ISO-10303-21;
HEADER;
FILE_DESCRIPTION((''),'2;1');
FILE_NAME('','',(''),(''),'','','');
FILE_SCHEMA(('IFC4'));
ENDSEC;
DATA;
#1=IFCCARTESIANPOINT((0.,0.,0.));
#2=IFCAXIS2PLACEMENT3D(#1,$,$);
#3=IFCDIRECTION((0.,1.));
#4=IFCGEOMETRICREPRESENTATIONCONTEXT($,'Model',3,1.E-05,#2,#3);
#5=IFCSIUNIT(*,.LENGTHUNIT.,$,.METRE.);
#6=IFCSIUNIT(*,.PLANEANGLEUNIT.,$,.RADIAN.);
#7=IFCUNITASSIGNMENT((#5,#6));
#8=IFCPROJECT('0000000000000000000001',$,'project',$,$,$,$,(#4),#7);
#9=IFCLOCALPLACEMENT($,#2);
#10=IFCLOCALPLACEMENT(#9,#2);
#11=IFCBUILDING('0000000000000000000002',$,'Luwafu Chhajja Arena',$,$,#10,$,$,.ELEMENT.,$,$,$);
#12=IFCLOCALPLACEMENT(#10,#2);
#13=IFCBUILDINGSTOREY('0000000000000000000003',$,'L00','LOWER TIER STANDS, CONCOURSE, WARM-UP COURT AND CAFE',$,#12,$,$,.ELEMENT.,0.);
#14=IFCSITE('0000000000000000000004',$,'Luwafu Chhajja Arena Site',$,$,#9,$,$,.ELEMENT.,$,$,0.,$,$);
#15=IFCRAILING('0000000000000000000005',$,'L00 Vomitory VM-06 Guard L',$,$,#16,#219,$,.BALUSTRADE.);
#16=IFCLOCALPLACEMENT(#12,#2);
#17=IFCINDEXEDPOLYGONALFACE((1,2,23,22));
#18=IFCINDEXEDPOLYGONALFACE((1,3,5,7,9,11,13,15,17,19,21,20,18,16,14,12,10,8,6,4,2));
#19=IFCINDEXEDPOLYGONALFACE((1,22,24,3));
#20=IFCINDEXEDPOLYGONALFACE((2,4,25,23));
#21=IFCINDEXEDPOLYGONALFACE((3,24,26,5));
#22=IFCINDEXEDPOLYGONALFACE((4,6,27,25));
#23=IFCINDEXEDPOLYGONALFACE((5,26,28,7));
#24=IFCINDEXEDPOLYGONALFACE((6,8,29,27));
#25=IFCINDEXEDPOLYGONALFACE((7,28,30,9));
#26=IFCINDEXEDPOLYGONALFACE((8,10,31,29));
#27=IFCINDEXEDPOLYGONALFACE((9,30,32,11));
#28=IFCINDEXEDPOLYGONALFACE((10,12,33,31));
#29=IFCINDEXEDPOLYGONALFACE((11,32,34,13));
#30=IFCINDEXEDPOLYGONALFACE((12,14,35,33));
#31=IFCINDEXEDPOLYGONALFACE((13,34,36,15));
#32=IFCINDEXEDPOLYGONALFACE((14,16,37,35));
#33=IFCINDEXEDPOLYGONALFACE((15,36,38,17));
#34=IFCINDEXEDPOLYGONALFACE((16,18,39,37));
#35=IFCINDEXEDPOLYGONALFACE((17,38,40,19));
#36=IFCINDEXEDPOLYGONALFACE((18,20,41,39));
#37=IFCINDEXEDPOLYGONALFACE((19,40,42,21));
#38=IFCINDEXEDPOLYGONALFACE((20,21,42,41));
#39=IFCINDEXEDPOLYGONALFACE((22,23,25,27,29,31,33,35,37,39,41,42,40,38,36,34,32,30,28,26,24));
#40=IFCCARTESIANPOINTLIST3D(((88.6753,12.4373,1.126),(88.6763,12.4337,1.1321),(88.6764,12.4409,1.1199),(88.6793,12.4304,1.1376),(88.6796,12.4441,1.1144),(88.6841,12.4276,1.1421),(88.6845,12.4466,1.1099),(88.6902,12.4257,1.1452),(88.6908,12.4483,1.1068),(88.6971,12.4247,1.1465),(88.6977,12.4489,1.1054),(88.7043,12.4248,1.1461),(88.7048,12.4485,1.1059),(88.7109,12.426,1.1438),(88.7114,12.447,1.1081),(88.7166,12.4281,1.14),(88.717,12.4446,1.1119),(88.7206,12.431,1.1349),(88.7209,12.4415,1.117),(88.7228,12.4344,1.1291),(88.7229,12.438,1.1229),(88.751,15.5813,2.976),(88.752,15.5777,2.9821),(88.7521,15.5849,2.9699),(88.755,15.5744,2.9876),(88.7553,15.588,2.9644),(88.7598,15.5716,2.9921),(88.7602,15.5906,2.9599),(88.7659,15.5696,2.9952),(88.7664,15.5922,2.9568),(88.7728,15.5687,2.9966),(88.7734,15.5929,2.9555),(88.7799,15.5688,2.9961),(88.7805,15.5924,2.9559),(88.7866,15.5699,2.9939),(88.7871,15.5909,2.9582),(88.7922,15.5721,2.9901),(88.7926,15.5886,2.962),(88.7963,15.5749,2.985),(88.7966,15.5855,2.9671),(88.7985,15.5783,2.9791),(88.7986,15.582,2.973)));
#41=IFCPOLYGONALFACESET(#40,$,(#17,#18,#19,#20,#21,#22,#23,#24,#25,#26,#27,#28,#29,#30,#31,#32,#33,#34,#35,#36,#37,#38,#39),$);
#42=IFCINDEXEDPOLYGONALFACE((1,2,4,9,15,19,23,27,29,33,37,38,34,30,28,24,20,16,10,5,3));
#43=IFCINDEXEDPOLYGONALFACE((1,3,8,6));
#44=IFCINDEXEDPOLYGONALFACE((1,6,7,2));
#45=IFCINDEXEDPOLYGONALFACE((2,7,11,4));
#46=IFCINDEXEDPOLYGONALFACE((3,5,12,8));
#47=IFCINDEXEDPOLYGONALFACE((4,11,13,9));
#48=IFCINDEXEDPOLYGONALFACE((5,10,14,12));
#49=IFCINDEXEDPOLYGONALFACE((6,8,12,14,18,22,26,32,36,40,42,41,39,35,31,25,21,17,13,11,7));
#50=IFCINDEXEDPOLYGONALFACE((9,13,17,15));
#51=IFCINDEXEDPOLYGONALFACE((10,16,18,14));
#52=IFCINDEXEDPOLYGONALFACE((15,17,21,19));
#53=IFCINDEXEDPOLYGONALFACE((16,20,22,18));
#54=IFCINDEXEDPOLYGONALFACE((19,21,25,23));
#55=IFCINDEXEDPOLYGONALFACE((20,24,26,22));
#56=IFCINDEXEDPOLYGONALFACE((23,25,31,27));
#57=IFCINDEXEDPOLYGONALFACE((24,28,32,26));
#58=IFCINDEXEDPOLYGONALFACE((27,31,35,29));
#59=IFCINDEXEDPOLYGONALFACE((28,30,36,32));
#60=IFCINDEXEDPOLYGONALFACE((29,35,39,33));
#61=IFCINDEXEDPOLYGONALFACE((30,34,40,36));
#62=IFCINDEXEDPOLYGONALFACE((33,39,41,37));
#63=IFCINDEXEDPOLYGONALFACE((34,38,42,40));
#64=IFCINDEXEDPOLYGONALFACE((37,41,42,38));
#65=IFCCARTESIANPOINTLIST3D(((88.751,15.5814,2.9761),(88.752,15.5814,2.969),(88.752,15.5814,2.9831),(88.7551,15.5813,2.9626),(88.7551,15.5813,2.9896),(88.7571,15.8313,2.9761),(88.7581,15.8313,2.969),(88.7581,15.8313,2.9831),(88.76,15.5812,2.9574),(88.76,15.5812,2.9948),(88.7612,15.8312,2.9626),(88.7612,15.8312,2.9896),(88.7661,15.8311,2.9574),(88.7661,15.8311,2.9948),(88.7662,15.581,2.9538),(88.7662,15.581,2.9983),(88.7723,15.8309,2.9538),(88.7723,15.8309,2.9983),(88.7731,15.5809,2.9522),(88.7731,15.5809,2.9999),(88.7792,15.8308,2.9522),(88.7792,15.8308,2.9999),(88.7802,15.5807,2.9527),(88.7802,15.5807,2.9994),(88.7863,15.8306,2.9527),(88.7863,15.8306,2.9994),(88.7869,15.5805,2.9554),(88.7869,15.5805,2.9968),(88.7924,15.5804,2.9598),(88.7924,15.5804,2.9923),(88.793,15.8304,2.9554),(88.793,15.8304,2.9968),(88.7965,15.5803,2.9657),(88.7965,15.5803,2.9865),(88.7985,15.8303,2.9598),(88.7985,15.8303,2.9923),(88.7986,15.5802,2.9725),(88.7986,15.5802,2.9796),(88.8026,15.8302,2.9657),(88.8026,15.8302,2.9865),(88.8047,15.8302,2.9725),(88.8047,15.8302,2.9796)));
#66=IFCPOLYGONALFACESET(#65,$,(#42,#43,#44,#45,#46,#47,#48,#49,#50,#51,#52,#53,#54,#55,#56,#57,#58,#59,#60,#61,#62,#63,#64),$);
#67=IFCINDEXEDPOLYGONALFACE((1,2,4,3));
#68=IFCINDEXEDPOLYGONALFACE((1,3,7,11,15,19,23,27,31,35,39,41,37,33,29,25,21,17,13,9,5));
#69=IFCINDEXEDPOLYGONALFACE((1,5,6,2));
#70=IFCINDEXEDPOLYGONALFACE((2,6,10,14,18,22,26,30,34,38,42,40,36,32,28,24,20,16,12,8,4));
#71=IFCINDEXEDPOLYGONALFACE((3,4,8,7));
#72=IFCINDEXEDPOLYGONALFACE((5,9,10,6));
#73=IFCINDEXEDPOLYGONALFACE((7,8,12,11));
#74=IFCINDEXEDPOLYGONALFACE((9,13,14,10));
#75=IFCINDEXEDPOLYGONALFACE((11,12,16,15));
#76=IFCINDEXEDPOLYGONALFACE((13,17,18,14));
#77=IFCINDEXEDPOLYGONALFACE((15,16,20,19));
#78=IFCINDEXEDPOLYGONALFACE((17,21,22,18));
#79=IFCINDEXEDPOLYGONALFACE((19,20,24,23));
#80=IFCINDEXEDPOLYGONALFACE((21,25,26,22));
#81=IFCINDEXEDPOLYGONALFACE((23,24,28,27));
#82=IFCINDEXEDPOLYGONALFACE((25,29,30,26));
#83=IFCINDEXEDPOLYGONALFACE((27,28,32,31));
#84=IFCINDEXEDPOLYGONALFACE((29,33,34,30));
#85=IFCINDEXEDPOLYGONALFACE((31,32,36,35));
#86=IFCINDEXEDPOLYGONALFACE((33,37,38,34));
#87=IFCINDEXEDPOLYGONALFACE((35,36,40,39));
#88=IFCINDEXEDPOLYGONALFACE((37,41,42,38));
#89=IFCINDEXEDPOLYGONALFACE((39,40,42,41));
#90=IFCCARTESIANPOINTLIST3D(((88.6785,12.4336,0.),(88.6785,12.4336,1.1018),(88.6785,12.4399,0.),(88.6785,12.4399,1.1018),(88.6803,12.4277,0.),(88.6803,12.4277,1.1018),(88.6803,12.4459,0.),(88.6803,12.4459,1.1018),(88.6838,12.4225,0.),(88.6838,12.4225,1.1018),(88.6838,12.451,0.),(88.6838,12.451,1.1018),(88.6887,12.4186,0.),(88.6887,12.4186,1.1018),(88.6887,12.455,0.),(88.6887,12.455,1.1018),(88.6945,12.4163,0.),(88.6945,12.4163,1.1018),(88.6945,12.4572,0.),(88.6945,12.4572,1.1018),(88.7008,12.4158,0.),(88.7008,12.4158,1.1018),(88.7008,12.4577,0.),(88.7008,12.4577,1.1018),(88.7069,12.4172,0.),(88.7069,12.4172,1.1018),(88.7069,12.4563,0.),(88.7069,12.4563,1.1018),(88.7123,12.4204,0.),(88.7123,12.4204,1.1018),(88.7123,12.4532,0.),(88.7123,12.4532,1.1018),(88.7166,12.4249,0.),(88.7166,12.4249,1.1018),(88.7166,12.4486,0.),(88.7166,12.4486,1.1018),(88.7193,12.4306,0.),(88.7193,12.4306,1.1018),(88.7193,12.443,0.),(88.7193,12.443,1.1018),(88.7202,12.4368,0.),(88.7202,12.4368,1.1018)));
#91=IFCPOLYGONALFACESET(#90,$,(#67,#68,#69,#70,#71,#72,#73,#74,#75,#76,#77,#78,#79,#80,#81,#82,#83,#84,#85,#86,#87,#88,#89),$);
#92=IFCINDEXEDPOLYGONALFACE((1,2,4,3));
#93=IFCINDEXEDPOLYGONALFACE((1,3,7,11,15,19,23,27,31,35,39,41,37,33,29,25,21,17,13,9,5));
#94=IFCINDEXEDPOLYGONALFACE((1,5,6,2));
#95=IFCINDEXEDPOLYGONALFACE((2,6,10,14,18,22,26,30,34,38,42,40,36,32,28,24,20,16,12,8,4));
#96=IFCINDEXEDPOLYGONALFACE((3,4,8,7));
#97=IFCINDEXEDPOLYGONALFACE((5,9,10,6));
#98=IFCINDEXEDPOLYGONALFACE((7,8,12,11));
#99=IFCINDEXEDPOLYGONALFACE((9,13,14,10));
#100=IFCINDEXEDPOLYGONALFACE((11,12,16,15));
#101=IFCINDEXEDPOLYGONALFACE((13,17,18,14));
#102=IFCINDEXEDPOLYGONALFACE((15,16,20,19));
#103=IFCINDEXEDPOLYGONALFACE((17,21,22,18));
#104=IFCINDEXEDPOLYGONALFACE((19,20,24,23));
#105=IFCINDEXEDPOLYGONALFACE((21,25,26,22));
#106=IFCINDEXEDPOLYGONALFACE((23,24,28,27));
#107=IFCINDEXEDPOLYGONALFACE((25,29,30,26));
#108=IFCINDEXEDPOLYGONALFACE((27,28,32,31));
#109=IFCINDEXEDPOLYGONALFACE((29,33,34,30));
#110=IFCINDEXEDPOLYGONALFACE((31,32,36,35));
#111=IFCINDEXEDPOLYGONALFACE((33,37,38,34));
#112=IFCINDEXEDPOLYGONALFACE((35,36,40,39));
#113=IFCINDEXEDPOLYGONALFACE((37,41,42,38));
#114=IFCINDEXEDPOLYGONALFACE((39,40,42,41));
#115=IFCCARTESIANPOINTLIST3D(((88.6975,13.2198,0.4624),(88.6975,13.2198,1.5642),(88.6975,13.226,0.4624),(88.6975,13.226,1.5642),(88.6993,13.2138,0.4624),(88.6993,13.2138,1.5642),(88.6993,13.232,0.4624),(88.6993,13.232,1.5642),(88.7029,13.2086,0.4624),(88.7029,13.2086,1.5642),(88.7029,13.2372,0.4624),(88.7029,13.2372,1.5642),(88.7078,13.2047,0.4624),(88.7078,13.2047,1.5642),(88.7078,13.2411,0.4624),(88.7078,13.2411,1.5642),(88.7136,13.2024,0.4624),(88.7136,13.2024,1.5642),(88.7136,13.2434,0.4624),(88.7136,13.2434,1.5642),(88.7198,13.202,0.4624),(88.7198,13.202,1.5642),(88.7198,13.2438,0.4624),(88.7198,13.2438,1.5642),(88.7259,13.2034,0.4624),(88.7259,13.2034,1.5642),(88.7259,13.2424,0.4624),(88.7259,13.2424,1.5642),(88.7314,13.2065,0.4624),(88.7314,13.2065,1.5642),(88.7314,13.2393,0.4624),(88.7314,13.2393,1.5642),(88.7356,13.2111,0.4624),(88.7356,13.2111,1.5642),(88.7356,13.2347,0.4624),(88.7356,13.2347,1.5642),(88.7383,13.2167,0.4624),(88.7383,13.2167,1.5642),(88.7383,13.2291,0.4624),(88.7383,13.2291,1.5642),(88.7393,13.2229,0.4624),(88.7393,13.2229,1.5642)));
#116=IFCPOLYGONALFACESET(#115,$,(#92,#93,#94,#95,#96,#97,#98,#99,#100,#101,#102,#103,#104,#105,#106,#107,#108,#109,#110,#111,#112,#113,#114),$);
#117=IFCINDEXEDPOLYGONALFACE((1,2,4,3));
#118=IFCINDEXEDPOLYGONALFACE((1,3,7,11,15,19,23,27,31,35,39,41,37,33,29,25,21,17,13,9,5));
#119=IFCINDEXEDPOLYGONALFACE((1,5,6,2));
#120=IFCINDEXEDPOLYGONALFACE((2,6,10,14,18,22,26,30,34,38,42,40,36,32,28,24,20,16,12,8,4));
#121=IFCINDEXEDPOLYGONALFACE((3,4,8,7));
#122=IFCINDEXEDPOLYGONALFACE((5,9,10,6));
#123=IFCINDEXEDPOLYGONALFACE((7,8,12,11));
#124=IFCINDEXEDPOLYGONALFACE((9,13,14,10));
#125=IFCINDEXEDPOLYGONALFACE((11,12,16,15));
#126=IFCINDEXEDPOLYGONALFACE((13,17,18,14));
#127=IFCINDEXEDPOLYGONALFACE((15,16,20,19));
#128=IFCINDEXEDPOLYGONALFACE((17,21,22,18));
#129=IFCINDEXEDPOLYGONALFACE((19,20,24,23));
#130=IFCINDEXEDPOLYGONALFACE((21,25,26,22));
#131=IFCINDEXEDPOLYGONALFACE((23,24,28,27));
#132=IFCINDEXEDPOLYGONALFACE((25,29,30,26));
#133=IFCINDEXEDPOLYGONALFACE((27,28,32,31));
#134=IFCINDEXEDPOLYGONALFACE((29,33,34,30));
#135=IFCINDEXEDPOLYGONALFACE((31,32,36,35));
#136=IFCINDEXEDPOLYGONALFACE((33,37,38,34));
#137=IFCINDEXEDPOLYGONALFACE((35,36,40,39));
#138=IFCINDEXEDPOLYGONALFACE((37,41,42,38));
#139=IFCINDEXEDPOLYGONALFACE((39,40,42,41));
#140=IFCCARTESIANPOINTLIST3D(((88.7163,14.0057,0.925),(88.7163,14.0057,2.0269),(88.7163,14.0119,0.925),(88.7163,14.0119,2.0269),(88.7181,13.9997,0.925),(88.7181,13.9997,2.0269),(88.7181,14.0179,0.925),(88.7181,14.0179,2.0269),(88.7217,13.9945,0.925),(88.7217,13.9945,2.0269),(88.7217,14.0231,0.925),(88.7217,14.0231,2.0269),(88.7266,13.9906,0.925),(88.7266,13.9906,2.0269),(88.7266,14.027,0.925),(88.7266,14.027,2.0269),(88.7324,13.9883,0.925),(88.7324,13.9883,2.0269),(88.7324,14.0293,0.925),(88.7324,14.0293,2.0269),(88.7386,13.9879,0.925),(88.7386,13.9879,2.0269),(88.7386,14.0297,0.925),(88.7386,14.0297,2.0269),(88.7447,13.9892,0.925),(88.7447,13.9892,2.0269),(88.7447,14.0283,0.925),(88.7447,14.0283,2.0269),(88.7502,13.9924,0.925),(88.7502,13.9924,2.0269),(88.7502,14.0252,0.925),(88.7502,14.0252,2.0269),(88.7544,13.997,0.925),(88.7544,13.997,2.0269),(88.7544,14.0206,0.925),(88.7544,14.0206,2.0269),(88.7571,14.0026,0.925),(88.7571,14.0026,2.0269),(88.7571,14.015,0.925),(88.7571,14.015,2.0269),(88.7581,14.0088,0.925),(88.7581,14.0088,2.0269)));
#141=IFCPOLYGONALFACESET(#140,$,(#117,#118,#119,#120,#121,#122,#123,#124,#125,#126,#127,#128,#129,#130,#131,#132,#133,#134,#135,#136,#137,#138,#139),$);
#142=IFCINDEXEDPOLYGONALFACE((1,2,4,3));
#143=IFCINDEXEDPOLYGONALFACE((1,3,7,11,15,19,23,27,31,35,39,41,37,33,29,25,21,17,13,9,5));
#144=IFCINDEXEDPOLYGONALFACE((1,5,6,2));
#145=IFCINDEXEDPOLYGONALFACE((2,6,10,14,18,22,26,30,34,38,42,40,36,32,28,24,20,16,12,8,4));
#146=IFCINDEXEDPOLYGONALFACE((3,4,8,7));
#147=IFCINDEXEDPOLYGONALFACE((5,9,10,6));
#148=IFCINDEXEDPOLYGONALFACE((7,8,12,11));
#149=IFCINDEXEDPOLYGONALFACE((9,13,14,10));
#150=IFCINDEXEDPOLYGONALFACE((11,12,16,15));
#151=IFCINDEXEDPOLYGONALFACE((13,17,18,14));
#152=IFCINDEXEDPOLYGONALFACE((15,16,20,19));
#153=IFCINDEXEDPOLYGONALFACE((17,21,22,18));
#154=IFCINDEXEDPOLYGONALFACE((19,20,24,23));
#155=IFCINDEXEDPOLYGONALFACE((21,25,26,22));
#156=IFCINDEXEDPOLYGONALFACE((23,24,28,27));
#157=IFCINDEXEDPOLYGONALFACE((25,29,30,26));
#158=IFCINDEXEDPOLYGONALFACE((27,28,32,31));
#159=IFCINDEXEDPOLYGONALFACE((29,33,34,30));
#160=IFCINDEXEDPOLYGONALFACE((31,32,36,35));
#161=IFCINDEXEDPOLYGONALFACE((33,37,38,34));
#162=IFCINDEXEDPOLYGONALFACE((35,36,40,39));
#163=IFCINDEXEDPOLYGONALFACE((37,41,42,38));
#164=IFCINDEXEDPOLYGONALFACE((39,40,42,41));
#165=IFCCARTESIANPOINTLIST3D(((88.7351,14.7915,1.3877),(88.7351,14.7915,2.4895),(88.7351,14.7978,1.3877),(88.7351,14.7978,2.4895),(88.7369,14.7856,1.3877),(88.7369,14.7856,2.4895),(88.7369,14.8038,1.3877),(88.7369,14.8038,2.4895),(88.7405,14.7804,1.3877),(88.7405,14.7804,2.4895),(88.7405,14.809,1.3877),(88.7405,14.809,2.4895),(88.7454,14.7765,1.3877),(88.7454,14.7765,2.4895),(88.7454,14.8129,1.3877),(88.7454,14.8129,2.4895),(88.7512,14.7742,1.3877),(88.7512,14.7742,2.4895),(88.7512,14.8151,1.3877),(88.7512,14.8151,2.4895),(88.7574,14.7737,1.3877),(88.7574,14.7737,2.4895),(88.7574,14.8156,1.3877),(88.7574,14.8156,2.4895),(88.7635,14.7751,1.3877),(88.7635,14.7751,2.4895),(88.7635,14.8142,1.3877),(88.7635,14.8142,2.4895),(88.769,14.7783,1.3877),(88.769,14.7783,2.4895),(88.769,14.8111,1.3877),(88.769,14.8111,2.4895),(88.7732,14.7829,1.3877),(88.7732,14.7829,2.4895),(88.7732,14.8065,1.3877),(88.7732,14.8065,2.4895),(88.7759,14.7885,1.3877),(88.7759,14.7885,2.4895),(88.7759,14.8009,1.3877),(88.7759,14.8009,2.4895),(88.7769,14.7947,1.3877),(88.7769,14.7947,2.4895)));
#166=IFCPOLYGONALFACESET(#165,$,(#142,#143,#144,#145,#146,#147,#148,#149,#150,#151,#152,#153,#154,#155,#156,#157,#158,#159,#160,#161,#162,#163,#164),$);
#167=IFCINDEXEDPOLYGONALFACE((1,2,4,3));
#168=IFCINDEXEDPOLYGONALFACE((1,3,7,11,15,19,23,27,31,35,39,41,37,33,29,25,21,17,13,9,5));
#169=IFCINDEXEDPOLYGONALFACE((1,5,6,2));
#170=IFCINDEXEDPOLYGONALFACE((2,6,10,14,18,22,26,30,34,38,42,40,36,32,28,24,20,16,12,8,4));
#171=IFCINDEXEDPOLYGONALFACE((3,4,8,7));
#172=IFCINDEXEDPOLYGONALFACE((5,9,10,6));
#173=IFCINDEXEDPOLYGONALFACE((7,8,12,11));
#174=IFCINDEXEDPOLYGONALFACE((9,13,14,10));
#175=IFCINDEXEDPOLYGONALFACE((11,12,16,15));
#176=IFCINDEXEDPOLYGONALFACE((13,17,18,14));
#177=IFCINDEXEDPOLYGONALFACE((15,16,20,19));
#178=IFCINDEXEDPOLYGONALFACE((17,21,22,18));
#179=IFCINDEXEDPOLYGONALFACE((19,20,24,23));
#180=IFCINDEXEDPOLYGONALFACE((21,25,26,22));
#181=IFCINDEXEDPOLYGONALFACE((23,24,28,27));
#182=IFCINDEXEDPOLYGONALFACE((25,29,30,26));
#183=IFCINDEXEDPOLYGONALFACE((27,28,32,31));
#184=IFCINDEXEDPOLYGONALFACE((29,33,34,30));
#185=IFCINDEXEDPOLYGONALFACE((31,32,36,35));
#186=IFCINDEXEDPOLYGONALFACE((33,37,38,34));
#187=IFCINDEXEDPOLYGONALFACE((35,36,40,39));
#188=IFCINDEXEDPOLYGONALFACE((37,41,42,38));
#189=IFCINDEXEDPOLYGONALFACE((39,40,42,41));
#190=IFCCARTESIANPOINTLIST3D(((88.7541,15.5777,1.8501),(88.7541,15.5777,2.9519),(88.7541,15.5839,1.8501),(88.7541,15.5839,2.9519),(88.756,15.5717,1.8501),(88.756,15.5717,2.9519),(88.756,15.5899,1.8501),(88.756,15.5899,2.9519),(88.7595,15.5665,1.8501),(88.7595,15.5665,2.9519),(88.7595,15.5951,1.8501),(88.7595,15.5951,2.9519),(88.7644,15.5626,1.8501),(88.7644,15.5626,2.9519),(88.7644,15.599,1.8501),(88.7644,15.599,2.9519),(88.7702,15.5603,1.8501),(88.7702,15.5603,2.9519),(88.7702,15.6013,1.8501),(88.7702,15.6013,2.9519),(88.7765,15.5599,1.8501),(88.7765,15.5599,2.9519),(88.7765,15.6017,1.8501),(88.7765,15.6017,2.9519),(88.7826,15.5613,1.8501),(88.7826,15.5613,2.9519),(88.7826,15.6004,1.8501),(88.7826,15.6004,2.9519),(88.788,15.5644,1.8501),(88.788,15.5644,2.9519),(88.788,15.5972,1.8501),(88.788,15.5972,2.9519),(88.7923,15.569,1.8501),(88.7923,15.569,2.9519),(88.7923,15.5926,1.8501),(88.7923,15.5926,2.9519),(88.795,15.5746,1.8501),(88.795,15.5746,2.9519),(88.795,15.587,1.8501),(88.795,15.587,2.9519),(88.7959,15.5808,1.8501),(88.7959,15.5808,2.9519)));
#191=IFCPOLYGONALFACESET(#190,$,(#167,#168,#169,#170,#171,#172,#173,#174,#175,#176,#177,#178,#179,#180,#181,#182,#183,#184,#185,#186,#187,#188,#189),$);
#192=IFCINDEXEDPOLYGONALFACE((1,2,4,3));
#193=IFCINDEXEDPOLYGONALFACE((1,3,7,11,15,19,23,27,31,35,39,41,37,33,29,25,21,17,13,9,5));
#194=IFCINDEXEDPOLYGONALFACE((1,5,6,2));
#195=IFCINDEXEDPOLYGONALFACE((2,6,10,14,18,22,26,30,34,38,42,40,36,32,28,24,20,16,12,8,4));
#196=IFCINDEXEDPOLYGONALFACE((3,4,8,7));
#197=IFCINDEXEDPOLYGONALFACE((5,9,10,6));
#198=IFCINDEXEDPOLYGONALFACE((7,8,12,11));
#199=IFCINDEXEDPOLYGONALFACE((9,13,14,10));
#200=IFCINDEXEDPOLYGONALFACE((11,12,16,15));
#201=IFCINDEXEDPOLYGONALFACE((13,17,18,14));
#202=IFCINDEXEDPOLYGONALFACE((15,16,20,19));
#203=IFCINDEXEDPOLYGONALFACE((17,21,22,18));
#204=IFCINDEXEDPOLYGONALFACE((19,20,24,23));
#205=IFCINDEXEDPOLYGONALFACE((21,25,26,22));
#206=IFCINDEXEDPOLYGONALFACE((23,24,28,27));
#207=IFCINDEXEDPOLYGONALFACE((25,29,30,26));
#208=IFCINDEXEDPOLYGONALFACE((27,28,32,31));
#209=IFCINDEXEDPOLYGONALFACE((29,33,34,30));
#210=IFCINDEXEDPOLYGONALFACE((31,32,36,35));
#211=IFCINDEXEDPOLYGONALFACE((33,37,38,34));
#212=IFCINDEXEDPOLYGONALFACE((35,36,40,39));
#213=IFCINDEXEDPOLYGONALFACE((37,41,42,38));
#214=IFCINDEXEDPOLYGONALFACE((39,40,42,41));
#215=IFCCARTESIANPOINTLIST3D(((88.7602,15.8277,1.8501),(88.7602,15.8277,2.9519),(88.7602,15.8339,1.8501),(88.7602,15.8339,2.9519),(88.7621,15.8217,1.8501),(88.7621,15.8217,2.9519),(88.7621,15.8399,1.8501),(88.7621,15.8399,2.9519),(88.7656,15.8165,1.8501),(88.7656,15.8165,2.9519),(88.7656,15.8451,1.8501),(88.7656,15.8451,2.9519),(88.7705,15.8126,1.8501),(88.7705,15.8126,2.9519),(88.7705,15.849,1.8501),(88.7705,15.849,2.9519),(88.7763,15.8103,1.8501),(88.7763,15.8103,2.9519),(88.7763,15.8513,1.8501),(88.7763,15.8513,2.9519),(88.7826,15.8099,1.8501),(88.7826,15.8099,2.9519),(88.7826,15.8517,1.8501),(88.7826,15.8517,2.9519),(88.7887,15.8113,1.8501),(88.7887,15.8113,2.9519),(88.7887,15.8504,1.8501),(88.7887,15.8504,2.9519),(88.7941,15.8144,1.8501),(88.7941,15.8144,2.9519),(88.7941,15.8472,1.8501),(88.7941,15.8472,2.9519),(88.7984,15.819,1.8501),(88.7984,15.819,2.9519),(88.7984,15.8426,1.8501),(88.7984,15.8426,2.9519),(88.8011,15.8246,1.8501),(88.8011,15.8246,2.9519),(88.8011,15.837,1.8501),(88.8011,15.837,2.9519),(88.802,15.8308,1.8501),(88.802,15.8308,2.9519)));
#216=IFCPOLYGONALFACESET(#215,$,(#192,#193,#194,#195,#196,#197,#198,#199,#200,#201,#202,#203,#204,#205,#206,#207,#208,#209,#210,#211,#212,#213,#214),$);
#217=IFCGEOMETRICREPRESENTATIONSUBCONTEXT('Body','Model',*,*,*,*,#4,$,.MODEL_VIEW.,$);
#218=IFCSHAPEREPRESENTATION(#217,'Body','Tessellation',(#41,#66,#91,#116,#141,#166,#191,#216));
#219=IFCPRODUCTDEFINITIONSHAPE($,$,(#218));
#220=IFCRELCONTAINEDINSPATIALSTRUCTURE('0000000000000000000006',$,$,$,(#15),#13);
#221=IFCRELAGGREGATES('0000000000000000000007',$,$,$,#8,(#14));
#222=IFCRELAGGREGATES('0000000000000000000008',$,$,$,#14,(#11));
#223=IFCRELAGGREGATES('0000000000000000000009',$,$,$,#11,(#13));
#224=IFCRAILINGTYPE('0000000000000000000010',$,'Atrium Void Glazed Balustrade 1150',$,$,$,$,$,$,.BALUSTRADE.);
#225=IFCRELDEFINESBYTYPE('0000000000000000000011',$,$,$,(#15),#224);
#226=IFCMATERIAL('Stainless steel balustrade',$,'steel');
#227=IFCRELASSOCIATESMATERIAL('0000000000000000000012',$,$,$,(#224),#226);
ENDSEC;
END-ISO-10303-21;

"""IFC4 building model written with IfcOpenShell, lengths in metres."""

from ifc_helpers import new_model, si_unit, direction, frame, origin, origin_2d, place, context, subcontext, project, spatial, circle, extrude, material, type_object, element, save


model = new_model("IFC4")

# Units and contexts
model_context = context("Model", 3, precision=1e-05, world=origin(), true_north=direction((0.0, 1.0)))
body_context = subcontext(model_context, "Body", "Model", "MODEL_VIEW")
ifc_project = project(units=[si_unit("LENGTHUNIT", "METRE"), si_unit("PLANEANGLEUNIT", "RADIAN")], contexts=[model_context])

# Site, building, storey
site_placement = place(None, origin())
site = spatial("IfcSite", under=ifc_project, at=site_placement, Name="Luwafu Chhajja Arena Site", CompositionType="ELEMENT", RefElevation=0.0)
building_placement = place(site_placement, origin())
building = spatial("IfcBuilding", under=site, at=building_placement, Name="Luwafu Chhajja Arena", CompositionType="ELEMENT")
storey_placement = place(building_placement, origin())
storey = spatial("IfcBuildingStorey", under=building, at=storey_placement, Name="L00", Description="LOWER TIER STANDS, CONCOURSE, WARM-UP COURT AND CAFE", CompositionType="ELEMENT", Elevation=0.0)

# Railing
ifc_material_1 = material(Name="Stainless steel balustrade", Category="steel")
railing_type_1 = type_object("IfcRailingType", Name="Atrium Void Glazed Balustrade 1150", PredefinedType="BALUSTRADE", material=ifc_material_1)
railing_1_placement = place(storey_placement, frame((88.6992, 12.4368, 0.0)))
element("IfcRailing", 1, at=railing_1_placement, inside=storey, type_object=railing_type_1, Name="L00 Vomitory VM-06 Guard L", PredefinedType="BALUSTRADE", context=body_context, shape_type="SweptSolid", body=[
    extrude(circle(Radius=0.0239, at=origin_2d()), frame((0.0, 0.0, 1.126), z_axis=(0.020742, 0.86167, 0.507046), x_axis=(-0.99971, 0.024065, 0.0)), (0.0, 0.0, 1.0), 3.6487),
    extrude(circle(Radius=0.0239, at=origin_2d()), frame((0.0757, 3.144, 2.9761), z_axis=(0.024407, 0.999702, 0.0), x_axis=(-0.999702, 0.024407, 0.0)), (0.0, 0.0, 1.0), 0.25),
    extrude(circle(Radius=0.021, at=origin_2d()), origin(), (0.0, 0.0, 1.0), 1.1018),
    extrude(circle(Radius=0.021, at=origin_2d()), frame((0.019, 0.7861, 0.4624)), (0.0, 0.0, 1.0), 1.1018),
    extrude(circle(Radius=0.021, at=origin_2d()), frame((0.0378, 1.572, 0.925)), (0.0, 0.0, 1.0), 1.1018),
    extrude(circle(Radius=0.021, at=origin_2d()), frame((0.0566, 2.3579, 1.3877)), (0.0, 0.0, 1.0), 1.1018),
    extrude(circle(Radius=0.021, at=origin_2d()), frame((0.0757, 3.144, 1.8501)), (0.0, 0.0, 1.0), 1.1018),
    extrude(circle(Radius=0.021, at=origin_2d()), frame((0.0818, 3.394, 1.8501)), (0.0, 0.0, 1.0), 1.1018),
])

save(model, "model.ifc")
